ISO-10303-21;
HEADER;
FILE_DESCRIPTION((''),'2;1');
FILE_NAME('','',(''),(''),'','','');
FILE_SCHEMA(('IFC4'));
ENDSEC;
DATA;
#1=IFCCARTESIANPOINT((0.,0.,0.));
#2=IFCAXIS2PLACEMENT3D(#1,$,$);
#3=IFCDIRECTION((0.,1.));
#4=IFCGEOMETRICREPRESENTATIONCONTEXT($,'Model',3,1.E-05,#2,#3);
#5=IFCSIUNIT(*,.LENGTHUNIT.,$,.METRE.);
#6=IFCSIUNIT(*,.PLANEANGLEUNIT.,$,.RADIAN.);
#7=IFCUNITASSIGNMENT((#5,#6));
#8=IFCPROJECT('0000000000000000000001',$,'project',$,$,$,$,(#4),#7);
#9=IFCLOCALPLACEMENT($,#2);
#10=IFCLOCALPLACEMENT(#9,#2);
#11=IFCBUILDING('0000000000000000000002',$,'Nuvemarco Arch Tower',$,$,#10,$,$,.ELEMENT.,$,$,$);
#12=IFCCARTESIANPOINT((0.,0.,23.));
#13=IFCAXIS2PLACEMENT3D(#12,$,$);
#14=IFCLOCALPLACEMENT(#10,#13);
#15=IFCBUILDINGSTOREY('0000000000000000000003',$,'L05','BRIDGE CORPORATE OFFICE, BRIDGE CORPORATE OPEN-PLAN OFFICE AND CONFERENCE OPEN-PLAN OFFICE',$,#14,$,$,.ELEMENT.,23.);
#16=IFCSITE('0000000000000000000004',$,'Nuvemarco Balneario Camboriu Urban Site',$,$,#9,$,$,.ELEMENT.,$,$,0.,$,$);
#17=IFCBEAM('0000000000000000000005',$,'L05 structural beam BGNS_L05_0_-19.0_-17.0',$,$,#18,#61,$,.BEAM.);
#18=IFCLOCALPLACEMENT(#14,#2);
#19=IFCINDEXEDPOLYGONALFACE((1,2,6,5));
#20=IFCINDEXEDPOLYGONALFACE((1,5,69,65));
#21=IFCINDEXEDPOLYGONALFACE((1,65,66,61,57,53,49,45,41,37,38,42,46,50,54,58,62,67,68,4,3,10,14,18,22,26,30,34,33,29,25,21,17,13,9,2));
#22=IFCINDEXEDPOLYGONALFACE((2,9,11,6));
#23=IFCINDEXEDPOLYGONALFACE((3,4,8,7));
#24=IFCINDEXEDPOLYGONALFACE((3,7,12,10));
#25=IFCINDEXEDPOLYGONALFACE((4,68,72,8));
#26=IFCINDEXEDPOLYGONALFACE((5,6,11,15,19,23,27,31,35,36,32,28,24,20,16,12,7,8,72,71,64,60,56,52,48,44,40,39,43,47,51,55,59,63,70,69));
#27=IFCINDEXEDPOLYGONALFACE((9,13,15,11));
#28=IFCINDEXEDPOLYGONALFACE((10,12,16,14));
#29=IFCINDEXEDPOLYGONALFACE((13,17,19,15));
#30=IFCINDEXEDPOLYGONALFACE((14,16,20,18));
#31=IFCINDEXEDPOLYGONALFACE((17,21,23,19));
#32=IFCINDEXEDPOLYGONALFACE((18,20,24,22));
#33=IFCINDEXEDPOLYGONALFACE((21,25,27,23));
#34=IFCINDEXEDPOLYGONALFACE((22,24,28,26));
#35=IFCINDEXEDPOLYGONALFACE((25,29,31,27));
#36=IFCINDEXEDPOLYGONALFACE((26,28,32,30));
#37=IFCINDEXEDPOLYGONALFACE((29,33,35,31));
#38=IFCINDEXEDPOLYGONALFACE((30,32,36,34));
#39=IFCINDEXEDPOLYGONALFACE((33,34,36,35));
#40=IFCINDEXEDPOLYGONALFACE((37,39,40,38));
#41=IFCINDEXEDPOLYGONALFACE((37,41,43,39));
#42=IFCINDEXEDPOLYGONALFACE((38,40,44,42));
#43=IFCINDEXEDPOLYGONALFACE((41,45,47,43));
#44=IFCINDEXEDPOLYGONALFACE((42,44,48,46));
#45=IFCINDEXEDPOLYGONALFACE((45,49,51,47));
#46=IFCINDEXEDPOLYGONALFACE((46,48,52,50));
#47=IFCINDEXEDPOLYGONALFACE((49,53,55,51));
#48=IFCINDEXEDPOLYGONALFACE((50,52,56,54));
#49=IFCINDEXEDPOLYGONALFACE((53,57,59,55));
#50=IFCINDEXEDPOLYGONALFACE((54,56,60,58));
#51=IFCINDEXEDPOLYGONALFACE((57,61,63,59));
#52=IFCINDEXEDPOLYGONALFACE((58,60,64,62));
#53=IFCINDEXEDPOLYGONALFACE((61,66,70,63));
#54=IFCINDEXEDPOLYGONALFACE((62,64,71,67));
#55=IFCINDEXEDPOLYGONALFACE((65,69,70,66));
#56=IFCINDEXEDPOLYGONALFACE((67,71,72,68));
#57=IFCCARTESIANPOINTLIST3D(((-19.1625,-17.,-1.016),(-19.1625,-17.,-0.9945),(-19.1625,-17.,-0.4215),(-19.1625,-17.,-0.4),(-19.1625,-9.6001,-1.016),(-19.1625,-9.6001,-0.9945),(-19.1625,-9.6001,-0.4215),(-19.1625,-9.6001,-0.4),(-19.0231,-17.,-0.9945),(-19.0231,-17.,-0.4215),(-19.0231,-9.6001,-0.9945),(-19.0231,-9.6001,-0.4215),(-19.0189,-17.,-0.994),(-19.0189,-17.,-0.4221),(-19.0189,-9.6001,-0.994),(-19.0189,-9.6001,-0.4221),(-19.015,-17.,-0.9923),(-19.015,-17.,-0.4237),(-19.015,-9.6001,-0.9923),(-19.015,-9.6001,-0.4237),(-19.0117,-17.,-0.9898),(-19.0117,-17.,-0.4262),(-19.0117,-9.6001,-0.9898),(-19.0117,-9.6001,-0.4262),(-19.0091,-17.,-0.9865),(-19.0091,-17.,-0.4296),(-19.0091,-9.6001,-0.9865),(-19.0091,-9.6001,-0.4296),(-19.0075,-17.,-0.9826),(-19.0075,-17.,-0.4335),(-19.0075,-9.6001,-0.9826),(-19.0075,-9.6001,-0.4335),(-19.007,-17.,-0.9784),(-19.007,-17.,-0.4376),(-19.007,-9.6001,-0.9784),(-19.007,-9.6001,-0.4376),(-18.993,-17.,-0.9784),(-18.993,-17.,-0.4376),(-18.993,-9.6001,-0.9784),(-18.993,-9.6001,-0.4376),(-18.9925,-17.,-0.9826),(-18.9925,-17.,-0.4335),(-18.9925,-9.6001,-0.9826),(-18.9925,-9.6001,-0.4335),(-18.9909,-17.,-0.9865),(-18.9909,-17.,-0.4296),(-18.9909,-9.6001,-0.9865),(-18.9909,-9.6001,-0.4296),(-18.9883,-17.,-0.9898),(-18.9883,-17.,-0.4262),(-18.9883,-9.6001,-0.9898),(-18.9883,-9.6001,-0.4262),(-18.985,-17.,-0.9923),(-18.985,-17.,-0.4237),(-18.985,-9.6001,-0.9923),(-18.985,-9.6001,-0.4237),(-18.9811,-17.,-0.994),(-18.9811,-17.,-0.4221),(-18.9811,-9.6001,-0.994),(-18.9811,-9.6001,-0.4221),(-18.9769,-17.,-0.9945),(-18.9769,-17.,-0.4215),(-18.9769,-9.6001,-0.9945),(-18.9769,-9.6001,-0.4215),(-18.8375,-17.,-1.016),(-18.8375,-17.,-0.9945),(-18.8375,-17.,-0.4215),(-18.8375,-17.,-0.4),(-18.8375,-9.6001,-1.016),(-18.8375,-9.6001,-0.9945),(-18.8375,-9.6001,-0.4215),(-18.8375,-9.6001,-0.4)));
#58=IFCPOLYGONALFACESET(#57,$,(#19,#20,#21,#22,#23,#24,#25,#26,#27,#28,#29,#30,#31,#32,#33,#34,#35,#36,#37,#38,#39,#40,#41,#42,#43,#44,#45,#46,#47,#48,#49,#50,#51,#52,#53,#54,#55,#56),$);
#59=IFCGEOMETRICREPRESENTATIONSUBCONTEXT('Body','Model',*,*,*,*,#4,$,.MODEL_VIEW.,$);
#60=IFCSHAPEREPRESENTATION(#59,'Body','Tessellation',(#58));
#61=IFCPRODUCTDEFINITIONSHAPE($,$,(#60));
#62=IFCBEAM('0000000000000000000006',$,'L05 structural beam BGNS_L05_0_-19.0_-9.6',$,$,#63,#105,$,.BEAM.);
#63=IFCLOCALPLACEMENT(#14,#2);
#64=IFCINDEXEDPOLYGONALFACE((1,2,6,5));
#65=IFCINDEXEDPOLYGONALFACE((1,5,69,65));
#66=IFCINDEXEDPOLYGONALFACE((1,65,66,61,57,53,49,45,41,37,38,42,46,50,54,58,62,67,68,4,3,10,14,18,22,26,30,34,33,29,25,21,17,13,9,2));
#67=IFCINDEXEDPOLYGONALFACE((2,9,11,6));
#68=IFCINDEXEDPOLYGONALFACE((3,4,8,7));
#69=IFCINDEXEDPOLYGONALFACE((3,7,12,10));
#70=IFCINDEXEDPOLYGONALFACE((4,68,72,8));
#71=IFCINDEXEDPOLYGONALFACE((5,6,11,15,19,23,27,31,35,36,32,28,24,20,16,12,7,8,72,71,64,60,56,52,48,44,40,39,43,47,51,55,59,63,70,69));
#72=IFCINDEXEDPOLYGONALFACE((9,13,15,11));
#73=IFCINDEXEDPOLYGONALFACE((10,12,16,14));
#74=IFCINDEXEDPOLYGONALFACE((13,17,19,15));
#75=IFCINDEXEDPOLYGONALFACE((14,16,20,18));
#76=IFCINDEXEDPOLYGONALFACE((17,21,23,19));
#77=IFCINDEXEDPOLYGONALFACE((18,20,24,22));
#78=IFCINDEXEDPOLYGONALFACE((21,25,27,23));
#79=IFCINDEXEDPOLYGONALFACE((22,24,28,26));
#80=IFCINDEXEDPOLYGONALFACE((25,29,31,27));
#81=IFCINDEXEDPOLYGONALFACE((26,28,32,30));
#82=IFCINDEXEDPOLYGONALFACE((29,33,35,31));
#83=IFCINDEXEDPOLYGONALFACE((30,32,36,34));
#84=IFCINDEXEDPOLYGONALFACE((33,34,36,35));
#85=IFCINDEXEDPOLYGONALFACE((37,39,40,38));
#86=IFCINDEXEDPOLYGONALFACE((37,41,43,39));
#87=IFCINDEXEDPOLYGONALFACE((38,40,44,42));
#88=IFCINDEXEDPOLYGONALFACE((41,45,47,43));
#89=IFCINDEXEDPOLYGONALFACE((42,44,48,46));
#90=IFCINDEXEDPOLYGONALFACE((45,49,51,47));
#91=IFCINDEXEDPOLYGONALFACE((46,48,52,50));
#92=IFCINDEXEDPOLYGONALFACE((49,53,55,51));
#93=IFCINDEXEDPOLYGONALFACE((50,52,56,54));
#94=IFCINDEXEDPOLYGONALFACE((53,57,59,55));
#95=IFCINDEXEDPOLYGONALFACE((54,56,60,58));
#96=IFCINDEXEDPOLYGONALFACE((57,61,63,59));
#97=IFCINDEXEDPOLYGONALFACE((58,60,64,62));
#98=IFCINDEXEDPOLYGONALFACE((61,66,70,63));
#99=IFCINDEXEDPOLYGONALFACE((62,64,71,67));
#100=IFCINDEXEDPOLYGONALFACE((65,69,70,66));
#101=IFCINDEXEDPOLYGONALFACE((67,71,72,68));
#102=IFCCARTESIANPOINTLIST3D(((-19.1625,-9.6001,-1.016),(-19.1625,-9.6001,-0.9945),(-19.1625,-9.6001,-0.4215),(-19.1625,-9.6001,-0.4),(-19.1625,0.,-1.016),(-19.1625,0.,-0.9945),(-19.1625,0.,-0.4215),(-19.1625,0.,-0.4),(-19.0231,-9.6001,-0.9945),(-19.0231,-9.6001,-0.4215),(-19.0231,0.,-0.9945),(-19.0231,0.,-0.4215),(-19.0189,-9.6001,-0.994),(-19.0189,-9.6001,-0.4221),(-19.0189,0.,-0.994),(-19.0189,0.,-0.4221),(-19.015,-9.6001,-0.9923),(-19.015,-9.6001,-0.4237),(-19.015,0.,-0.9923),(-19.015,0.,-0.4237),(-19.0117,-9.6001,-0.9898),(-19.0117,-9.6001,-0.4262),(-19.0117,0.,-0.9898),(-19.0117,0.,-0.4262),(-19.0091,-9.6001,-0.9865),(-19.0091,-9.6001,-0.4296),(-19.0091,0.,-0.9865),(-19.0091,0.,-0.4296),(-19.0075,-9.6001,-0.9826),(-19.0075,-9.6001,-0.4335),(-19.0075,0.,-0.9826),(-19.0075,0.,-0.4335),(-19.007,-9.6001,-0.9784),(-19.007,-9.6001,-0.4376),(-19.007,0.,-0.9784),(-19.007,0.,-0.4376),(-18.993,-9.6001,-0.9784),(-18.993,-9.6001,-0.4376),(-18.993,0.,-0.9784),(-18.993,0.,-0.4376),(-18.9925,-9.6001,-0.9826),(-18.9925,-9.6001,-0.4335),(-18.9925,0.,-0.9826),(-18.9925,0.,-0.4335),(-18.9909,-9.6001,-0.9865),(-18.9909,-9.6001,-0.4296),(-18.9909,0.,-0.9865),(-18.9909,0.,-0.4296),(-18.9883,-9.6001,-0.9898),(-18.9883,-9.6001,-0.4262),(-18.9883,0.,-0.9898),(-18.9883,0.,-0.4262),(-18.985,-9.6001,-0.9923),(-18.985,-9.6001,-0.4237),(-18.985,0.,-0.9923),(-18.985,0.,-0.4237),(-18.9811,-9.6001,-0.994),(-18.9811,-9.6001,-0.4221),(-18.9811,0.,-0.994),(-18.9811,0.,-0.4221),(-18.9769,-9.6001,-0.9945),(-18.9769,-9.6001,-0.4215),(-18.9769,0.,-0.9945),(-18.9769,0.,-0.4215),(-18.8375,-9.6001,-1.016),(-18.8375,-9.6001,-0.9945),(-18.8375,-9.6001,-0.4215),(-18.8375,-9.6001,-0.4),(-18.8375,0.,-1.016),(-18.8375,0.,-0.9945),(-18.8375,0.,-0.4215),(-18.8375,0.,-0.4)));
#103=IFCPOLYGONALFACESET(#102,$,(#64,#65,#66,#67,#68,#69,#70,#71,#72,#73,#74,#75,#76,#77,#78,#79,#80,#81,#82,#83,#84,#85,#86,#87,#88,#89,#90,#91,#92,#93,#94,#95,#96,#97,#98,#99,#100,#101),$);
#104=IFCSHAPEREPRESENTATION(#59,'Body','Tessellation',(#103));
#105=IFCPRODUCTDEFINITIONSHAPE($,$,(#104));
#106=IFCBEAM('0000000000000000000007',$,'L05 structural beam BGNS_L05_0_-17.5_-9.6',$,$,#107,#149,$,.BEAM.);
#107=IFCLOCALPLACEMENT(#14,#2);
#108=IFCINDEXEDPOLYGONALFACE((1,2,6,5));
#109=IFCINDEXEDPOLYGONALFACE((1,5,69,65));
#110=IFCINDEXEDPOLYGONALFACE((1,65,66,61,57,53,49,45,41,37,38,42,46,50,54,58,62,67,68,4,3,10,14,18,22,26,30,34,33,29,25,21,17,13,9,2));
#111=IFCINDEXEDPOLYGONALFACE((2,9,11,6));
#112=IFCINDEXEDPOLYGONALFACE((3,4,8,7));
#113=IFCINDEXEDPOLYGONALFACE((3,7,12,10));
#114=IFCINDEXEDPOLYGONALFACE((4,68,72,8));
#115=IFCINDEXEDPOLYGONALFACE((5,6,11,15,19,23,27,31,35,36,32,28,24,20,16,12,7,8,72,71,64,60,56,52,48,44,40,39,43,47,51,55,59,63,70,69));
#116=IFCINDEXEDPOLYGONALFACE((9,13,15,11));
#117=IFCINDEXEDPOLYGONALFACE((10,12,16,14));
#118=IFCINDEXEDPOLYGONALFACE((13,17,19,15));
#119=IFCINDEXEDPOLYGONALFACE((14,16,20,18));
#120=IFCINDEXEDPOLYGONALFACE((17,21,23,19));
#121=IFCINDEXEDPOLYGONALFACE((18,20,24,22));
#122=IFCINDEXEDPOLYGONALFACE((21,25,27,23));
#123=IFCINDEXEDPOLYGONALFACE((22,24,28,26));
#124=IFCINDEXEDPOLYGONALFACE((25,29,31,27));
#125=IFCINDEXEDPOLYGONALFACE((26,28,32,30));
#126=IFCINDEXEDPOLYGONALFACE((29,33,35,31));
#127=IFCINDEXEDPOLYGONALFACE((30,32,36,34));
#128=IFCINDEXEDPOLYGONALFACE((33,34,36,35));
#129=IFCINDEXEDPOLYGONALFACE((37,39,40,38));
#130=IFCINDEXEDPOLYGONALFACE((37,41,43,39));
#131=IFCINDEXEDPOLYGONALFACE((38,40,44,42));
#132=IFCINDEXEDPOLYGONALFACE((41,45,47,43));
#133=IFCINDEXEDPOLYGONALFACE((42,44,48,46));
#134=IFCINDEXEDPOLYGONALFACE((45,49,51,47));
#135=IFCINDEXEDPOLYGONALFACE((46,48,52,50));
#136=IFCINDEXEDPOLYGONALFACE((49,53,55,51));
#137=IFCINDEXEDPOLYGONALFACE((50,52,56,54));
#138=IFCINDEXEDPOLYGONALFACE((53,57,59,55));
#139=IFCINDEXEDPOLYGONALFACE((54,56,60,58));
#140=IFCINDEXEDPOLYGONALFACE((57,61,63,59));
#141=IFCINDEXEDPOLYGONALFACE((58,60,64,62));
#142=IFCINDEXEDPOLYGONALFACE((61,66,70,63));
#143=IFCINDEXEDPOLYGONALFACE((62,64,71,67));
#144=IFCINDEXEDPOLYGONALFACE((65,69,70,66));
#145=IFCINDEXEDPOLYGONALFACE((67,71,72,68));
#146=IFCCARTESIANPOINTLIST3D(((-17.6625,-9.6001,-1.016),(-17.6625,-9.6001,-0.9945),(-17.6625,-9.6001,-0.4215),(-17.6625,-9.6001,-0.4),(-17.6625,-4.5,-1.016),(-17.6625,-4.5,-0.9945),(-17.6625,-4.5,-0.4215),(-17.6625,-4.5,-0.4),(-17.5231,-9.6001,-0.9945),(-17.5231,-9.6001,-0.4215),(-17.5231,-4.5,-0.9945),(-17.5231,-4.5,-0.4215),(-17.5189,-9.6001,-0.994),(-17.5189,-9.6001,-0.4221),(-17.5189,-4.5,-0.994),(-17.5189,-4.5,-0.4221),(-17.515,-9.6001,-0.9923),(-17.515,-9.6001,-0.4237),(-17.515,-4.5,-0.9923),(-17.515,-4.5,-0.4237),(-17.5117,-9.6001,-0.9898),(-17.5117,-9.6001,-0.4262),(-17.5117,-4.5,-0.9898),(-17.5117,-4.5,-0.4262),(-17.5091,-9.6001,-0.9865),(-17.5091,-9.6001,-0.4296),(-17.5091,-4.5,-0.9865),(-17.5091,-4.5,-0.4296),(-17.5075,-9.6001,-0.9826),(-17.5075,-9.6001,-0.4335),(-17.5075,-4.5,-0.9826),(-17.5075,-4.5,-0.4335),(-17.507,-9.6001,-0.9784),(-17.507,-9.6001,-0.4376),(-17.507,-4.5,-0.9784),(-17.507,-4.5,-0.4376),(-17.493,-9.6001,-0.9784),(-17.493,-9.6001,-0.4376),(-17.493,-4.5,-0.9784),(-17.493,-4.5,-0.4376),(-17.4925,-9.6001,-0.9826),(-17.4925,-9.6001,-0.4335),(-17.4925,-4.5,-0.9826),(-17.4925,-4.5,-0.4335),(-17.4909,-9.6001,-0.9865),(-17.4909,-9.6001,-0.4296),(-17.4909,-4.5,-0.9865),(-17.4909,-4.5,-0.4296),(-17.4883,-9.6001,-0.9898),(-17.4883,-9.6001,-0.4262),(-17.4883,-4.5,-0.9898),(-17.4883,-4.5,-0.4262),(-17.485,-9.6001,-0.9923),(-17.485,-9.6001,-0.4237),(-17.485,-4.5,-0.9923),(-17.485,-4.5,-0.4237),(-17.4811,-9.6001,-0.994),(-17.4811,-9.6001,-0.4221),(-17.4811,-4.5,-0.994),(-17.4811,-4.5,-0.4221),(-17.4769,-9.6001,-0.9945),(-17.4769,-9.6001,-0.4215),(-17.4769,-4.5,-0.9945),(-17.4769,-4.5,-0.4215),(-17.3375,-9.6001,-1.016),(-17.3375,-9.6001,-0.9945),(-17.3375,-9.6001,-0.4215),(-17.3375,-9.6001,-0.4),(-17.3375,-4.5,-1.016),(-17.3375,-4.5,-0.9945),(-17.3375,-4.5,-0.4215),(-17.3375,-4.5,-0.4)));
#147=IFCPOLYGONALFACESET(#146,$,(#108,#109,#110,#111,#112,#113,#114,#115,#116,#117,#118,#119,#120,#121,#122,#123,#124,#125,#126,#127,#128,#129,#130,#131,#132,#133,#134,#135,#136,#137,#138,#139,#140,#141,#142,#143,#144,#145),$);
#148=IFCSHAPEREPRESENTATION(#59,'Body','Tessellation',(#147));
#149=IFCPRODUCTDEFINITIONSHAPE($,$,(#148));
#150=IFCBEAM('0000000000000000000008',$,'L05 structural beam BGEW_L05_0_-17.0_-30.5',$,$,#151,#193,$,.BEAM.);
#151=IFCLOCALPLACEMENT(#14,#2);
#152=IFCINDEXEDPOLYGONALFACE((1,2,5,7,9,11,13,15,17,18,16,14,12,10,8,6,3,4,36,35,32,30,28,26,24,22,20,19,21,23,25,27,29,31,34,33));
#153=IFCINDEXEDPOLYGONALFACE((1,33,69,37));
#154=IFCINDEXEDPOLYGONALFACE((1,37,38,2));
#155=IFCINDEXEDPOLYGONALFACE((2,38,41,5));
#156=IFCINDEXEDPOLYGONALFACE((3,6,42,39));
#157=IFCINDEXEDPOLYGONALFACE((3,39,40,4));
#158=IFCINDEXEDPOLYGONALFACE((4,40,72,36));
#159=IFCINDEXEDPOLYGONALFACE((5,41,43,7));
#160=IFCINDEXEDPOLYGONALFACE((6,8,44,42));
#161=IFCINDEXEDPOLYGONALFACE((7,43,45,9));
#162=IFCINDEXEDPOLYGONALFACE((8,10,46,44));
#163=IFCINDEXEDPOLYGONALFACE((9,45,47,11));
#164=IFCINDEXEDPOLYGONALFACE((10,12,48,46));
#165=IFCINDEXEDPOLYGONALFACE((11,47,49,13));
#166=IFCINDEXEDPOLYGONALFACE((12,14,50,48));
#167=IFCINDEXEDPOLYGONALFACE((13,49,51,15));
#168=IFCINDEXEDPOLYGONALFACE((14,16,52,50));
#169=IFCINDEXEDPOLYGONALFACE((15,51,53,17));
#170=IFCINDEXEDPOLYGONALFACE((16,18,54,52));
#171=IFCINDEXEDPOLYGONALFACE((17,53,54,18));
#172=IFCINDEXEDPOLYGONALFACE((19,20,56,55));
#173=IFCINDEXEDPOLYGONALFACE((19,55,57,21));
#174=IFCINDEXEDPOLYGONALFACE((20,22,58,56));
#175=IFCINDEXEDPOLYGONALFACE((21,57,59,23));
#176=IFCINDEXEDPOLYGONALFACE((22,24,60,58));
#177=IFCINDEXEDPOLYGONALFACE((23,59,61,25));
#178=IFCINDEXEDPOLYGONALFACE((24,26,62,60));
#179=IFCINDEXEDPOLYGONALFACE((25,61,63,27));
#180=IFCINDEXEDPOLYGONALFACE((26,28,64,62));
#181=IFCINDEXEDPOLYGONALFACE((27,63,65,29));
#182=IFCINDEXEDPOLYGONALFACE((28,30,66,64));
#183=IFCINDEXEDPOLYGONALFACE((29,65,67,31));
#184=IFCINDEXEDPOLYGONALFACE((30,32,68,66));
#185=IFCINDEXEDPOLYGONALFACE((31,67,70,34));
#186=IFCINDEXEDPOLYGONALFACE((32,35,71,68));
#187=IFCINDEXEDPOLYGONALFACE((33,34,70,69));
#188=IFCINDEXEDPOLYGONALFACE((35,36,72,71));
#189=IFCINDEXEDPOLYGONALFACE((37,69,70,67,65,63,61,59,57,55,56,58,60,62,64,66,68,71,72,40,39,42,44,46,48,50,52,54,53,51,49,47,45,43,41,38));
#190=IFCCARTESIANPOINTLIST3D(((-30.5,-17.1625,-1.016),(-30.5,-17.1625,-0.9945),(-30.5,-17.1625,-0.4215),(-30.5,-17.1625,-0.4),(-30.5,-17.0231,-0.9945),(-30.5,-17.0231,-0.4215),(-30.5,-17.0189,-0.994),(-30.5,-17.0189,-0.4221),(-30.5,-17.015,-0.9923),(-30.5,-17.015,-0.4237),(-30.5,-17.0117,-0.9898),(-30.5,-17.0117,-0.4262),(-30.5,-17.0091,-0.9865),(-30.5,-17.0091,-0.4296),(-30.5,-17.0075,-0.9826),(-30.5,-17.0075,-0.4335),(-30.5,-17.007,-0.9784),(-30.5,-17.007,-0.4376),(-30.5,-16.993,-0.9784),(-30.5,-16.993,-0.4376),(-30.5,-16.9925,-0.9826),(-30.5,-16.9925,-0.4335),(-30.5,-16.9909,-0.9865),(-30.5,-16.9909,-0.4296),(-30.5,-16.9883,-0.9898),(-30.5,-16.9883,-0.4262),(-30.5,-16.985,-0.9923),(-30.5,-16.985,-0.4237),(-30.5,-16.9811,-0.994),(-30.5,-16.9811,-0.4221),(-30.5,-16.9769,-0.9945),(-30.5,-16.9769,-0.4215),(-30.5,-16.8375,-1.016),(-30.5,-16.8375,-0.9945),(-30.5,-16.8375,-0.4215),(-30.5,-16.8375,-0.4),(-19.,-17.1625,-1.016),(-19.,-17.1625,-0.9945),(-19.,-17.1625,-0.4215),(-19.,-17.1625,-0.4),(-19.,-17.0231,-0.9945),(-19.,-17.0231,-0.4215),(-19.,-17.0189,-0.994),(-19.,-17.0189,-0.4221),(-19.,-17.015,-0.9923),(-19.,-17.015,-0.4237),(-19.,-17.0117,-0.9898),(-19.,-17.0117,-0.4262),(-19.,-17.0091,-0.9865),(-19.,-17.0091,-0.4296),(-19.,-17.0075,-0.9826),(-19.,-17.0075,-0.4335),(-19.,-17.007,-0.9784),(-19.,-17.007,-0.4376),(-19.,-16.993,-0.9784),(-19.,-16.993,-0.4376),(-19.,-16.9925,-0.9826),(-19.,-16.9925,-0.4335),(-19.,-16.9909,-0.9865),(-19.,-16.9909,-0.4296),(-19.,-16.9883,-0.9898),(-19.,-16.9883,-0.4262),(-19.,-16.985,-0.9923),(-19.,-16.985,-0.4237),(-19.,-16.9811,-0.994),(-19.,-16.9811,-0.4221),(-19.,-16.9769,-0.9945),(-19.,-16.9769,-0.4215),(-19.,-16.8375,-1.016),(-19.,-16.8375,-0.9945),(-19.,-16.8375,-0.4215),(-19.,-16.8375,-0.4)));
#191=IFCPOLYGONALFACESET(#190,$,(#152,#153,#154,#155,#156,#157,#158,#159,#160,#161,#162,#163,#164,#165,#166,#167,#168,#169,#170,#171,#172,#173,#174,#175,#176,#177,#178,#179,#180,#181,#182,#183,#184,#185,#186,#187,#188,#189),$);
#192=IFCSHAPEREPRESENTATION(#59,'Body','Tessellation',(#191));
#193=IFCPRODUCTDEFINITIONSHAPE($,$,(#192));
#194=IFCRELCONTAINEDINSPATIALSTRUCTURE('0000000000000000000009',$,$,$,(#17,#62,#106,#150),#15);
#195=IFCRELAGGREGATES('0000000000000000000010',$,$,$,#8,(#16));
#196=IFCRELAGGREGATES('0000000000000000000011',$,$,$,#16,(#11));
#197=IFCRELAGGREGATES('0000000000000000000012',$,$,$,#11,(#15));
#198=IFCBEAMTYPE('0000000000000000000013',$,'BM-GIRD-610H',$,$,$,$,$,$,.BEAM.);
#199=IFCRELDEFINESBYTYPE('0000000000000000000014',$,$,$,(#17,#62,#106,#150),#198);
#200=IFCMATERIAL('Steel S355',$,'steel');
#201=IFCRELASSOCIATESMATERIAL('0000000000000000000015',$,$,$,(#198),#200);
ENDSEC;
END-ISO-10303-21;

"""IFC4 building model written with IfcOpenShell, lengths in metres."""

from ifc_helpers import new_model, si_unit, direction, frame, origin, origin_2d, place, context, subcontext, project, spatial, i_section, extrude, material, material_profile, profile_set, type_object, element, save


model = new_model("IFC4")

# Units and contexts
model_context = context("Model", 3, precision=1e-05, world=origin(), true_north=direction((0.0, 1.0)))
body_context = subcontext(model_context, "Body", "Model", "MODEL_VIEW")
ifc_project = project(units=[si_unit("LENGTHUNIT", "METRE"), si_unit("PLANEANGLEUNIT", "RADIAN")], contexts=[model_context])

# Site, building, storey
site_placement = place(None, origin())
site = spatial("IfcSite", under=ifc_project, at=site_placement, Name="Nuvemarco Balneario Camboriu Urban Site", CompositionType="ELEMENT", RefElevation=0.0)
building_placement = place(site_placement, origin())
building = spatial("IfcBuilding", under=site, at=building_placement, Name="Nuvemarco Arch Tower", CompositionType="ELEMENT")
storey_placement = place(building_placement, frame((0.0, 0.0, 23.0)))
storey = spatial("IfcBuildingStorey", under=building, at=storey_placement, Name="L05", Description="BRIDGE CORPORATE OFFICE, BRIDGE CORPORATE OPEN-PLAN OFFICE AND CONFERENCE OPEN-PLAN OFFICE", CompositionType="ELEMENT", Elevation=23.0)

# Beams
ifc_material_1 = material(Name="Steel S355", Category="steel")
ifc_material_profile_1 = material_profile(ifc_material_1, i_section(OverallWidth=0.325, OverallDepth=0.616, WebThickness=0.0139, FlangeThickness=0.0215, FilletRadius=0.0161, at=origin_2d()), Name="W610x174")
ifc_profile_set_1 = profile_set([ifc_material_profile_1], Name="Steel S355")
beam_type_1 = type_object("IfcBeamType", Name="BM-GIRD-610H", PredefinedType="BEAM", material=ifc_profile_set_1)
beam_1_placement = place(storey_placement, frame((-19.0, -17.0, -0.708), z_axis=(0.0, 1.0, 0.0), x_axis=(-1.0, 0.0, 0.0)))
element("IfcBeam", 1, at=beam_1_placement, inside=storey, type_object=beam_type_1, Name="L05 structural beam BGNS_L05_0_-19.0_-17.0", PredefinedType="BEAM", context=body_context, shape_type="SweptSolid", body=[
    extrude(i_section(OverallWidth=0.325, OverallDepth=0.616, WebThickness=0.0139, FlangeThickness=0.0215, FilletRadius=0.0161, at=origin_2d()), origin(), (0.0, 0.0, 1.0), 7.3999),
])
beam_2_placement = place(storey_placement, frame((-19.0, -9.6001, -0.708), z_axis=(0.0, 1.0, 0.0), x_axis=(-1.0, 0.0, 0.0)))
element("IfcBeam", 2, at=beam_2_placement, inside=storey, type_object=beam_type_1, Name="L05 structural beam BGNS_L05_0_-19.0_-9.6", PredefinedType="BEAM", context=body_context, shape_type="SweptSolid", body=[
    extrude(i_section(OverallWidth=0.325, OverallDepth=0.616, WebThickness=0.0139, FlangeThickness=0.0215, FilletRadius=0.0161, at=origin_2d()), origin(), (0.0, 0.0, 1.0), 9.6001),
])
beam_3_placement = place(storey_placement, frame((-17.5, -9.6001, -0.708), z_axis=(0.0, 1.0, 0.0), x_axis=(-1.0, 0.0, 0.0)))
element("IfcBeam", 3, at=beam_3_placement, inside=storey, type_object=beam_type_1, Name="L05 structural beam BGNS_L05_0_-17.5_-9.6", PredefinedType="BEAM", context=body_context, shape_type="SweptSolid", body=[
    extrude(i_section(OverallWidth=0.325, OverallDepth=0.616, WebThickness=0.0139, FlangeThickness=0.0215, FilletRadius=0.0161, at=origin_2d()), origin(), (0.0, 0.0, 1.0), 5.1001),
])
beam_4_placement = place(storey_placement, frame((-30.5, -17.0, -0.708), z_axis=(1.0, 0.0, 0.0), x_axis=(0.0, 1.0, 0.0)))
element("IfcBeam", 4, at=beam_4_placement, inside=storey, type_object=beam_type_1, Name="L05 structural beam BGEW_L05_0_-17.0_-30.5", PredefinedType="BEAM", context=body_context, shape_type="SweptSolid", body=[
    extrude(i_section(OverallWidth=0.325, OverallDepth=0.616, WebThickness=0.0139, FlangeThickness=0.0215, FilletRadius=0.0161, at=origin_2d()), origin(), (0.0, 0.0, 1.0), 11.5),
])

save(model, "model.ifc")
